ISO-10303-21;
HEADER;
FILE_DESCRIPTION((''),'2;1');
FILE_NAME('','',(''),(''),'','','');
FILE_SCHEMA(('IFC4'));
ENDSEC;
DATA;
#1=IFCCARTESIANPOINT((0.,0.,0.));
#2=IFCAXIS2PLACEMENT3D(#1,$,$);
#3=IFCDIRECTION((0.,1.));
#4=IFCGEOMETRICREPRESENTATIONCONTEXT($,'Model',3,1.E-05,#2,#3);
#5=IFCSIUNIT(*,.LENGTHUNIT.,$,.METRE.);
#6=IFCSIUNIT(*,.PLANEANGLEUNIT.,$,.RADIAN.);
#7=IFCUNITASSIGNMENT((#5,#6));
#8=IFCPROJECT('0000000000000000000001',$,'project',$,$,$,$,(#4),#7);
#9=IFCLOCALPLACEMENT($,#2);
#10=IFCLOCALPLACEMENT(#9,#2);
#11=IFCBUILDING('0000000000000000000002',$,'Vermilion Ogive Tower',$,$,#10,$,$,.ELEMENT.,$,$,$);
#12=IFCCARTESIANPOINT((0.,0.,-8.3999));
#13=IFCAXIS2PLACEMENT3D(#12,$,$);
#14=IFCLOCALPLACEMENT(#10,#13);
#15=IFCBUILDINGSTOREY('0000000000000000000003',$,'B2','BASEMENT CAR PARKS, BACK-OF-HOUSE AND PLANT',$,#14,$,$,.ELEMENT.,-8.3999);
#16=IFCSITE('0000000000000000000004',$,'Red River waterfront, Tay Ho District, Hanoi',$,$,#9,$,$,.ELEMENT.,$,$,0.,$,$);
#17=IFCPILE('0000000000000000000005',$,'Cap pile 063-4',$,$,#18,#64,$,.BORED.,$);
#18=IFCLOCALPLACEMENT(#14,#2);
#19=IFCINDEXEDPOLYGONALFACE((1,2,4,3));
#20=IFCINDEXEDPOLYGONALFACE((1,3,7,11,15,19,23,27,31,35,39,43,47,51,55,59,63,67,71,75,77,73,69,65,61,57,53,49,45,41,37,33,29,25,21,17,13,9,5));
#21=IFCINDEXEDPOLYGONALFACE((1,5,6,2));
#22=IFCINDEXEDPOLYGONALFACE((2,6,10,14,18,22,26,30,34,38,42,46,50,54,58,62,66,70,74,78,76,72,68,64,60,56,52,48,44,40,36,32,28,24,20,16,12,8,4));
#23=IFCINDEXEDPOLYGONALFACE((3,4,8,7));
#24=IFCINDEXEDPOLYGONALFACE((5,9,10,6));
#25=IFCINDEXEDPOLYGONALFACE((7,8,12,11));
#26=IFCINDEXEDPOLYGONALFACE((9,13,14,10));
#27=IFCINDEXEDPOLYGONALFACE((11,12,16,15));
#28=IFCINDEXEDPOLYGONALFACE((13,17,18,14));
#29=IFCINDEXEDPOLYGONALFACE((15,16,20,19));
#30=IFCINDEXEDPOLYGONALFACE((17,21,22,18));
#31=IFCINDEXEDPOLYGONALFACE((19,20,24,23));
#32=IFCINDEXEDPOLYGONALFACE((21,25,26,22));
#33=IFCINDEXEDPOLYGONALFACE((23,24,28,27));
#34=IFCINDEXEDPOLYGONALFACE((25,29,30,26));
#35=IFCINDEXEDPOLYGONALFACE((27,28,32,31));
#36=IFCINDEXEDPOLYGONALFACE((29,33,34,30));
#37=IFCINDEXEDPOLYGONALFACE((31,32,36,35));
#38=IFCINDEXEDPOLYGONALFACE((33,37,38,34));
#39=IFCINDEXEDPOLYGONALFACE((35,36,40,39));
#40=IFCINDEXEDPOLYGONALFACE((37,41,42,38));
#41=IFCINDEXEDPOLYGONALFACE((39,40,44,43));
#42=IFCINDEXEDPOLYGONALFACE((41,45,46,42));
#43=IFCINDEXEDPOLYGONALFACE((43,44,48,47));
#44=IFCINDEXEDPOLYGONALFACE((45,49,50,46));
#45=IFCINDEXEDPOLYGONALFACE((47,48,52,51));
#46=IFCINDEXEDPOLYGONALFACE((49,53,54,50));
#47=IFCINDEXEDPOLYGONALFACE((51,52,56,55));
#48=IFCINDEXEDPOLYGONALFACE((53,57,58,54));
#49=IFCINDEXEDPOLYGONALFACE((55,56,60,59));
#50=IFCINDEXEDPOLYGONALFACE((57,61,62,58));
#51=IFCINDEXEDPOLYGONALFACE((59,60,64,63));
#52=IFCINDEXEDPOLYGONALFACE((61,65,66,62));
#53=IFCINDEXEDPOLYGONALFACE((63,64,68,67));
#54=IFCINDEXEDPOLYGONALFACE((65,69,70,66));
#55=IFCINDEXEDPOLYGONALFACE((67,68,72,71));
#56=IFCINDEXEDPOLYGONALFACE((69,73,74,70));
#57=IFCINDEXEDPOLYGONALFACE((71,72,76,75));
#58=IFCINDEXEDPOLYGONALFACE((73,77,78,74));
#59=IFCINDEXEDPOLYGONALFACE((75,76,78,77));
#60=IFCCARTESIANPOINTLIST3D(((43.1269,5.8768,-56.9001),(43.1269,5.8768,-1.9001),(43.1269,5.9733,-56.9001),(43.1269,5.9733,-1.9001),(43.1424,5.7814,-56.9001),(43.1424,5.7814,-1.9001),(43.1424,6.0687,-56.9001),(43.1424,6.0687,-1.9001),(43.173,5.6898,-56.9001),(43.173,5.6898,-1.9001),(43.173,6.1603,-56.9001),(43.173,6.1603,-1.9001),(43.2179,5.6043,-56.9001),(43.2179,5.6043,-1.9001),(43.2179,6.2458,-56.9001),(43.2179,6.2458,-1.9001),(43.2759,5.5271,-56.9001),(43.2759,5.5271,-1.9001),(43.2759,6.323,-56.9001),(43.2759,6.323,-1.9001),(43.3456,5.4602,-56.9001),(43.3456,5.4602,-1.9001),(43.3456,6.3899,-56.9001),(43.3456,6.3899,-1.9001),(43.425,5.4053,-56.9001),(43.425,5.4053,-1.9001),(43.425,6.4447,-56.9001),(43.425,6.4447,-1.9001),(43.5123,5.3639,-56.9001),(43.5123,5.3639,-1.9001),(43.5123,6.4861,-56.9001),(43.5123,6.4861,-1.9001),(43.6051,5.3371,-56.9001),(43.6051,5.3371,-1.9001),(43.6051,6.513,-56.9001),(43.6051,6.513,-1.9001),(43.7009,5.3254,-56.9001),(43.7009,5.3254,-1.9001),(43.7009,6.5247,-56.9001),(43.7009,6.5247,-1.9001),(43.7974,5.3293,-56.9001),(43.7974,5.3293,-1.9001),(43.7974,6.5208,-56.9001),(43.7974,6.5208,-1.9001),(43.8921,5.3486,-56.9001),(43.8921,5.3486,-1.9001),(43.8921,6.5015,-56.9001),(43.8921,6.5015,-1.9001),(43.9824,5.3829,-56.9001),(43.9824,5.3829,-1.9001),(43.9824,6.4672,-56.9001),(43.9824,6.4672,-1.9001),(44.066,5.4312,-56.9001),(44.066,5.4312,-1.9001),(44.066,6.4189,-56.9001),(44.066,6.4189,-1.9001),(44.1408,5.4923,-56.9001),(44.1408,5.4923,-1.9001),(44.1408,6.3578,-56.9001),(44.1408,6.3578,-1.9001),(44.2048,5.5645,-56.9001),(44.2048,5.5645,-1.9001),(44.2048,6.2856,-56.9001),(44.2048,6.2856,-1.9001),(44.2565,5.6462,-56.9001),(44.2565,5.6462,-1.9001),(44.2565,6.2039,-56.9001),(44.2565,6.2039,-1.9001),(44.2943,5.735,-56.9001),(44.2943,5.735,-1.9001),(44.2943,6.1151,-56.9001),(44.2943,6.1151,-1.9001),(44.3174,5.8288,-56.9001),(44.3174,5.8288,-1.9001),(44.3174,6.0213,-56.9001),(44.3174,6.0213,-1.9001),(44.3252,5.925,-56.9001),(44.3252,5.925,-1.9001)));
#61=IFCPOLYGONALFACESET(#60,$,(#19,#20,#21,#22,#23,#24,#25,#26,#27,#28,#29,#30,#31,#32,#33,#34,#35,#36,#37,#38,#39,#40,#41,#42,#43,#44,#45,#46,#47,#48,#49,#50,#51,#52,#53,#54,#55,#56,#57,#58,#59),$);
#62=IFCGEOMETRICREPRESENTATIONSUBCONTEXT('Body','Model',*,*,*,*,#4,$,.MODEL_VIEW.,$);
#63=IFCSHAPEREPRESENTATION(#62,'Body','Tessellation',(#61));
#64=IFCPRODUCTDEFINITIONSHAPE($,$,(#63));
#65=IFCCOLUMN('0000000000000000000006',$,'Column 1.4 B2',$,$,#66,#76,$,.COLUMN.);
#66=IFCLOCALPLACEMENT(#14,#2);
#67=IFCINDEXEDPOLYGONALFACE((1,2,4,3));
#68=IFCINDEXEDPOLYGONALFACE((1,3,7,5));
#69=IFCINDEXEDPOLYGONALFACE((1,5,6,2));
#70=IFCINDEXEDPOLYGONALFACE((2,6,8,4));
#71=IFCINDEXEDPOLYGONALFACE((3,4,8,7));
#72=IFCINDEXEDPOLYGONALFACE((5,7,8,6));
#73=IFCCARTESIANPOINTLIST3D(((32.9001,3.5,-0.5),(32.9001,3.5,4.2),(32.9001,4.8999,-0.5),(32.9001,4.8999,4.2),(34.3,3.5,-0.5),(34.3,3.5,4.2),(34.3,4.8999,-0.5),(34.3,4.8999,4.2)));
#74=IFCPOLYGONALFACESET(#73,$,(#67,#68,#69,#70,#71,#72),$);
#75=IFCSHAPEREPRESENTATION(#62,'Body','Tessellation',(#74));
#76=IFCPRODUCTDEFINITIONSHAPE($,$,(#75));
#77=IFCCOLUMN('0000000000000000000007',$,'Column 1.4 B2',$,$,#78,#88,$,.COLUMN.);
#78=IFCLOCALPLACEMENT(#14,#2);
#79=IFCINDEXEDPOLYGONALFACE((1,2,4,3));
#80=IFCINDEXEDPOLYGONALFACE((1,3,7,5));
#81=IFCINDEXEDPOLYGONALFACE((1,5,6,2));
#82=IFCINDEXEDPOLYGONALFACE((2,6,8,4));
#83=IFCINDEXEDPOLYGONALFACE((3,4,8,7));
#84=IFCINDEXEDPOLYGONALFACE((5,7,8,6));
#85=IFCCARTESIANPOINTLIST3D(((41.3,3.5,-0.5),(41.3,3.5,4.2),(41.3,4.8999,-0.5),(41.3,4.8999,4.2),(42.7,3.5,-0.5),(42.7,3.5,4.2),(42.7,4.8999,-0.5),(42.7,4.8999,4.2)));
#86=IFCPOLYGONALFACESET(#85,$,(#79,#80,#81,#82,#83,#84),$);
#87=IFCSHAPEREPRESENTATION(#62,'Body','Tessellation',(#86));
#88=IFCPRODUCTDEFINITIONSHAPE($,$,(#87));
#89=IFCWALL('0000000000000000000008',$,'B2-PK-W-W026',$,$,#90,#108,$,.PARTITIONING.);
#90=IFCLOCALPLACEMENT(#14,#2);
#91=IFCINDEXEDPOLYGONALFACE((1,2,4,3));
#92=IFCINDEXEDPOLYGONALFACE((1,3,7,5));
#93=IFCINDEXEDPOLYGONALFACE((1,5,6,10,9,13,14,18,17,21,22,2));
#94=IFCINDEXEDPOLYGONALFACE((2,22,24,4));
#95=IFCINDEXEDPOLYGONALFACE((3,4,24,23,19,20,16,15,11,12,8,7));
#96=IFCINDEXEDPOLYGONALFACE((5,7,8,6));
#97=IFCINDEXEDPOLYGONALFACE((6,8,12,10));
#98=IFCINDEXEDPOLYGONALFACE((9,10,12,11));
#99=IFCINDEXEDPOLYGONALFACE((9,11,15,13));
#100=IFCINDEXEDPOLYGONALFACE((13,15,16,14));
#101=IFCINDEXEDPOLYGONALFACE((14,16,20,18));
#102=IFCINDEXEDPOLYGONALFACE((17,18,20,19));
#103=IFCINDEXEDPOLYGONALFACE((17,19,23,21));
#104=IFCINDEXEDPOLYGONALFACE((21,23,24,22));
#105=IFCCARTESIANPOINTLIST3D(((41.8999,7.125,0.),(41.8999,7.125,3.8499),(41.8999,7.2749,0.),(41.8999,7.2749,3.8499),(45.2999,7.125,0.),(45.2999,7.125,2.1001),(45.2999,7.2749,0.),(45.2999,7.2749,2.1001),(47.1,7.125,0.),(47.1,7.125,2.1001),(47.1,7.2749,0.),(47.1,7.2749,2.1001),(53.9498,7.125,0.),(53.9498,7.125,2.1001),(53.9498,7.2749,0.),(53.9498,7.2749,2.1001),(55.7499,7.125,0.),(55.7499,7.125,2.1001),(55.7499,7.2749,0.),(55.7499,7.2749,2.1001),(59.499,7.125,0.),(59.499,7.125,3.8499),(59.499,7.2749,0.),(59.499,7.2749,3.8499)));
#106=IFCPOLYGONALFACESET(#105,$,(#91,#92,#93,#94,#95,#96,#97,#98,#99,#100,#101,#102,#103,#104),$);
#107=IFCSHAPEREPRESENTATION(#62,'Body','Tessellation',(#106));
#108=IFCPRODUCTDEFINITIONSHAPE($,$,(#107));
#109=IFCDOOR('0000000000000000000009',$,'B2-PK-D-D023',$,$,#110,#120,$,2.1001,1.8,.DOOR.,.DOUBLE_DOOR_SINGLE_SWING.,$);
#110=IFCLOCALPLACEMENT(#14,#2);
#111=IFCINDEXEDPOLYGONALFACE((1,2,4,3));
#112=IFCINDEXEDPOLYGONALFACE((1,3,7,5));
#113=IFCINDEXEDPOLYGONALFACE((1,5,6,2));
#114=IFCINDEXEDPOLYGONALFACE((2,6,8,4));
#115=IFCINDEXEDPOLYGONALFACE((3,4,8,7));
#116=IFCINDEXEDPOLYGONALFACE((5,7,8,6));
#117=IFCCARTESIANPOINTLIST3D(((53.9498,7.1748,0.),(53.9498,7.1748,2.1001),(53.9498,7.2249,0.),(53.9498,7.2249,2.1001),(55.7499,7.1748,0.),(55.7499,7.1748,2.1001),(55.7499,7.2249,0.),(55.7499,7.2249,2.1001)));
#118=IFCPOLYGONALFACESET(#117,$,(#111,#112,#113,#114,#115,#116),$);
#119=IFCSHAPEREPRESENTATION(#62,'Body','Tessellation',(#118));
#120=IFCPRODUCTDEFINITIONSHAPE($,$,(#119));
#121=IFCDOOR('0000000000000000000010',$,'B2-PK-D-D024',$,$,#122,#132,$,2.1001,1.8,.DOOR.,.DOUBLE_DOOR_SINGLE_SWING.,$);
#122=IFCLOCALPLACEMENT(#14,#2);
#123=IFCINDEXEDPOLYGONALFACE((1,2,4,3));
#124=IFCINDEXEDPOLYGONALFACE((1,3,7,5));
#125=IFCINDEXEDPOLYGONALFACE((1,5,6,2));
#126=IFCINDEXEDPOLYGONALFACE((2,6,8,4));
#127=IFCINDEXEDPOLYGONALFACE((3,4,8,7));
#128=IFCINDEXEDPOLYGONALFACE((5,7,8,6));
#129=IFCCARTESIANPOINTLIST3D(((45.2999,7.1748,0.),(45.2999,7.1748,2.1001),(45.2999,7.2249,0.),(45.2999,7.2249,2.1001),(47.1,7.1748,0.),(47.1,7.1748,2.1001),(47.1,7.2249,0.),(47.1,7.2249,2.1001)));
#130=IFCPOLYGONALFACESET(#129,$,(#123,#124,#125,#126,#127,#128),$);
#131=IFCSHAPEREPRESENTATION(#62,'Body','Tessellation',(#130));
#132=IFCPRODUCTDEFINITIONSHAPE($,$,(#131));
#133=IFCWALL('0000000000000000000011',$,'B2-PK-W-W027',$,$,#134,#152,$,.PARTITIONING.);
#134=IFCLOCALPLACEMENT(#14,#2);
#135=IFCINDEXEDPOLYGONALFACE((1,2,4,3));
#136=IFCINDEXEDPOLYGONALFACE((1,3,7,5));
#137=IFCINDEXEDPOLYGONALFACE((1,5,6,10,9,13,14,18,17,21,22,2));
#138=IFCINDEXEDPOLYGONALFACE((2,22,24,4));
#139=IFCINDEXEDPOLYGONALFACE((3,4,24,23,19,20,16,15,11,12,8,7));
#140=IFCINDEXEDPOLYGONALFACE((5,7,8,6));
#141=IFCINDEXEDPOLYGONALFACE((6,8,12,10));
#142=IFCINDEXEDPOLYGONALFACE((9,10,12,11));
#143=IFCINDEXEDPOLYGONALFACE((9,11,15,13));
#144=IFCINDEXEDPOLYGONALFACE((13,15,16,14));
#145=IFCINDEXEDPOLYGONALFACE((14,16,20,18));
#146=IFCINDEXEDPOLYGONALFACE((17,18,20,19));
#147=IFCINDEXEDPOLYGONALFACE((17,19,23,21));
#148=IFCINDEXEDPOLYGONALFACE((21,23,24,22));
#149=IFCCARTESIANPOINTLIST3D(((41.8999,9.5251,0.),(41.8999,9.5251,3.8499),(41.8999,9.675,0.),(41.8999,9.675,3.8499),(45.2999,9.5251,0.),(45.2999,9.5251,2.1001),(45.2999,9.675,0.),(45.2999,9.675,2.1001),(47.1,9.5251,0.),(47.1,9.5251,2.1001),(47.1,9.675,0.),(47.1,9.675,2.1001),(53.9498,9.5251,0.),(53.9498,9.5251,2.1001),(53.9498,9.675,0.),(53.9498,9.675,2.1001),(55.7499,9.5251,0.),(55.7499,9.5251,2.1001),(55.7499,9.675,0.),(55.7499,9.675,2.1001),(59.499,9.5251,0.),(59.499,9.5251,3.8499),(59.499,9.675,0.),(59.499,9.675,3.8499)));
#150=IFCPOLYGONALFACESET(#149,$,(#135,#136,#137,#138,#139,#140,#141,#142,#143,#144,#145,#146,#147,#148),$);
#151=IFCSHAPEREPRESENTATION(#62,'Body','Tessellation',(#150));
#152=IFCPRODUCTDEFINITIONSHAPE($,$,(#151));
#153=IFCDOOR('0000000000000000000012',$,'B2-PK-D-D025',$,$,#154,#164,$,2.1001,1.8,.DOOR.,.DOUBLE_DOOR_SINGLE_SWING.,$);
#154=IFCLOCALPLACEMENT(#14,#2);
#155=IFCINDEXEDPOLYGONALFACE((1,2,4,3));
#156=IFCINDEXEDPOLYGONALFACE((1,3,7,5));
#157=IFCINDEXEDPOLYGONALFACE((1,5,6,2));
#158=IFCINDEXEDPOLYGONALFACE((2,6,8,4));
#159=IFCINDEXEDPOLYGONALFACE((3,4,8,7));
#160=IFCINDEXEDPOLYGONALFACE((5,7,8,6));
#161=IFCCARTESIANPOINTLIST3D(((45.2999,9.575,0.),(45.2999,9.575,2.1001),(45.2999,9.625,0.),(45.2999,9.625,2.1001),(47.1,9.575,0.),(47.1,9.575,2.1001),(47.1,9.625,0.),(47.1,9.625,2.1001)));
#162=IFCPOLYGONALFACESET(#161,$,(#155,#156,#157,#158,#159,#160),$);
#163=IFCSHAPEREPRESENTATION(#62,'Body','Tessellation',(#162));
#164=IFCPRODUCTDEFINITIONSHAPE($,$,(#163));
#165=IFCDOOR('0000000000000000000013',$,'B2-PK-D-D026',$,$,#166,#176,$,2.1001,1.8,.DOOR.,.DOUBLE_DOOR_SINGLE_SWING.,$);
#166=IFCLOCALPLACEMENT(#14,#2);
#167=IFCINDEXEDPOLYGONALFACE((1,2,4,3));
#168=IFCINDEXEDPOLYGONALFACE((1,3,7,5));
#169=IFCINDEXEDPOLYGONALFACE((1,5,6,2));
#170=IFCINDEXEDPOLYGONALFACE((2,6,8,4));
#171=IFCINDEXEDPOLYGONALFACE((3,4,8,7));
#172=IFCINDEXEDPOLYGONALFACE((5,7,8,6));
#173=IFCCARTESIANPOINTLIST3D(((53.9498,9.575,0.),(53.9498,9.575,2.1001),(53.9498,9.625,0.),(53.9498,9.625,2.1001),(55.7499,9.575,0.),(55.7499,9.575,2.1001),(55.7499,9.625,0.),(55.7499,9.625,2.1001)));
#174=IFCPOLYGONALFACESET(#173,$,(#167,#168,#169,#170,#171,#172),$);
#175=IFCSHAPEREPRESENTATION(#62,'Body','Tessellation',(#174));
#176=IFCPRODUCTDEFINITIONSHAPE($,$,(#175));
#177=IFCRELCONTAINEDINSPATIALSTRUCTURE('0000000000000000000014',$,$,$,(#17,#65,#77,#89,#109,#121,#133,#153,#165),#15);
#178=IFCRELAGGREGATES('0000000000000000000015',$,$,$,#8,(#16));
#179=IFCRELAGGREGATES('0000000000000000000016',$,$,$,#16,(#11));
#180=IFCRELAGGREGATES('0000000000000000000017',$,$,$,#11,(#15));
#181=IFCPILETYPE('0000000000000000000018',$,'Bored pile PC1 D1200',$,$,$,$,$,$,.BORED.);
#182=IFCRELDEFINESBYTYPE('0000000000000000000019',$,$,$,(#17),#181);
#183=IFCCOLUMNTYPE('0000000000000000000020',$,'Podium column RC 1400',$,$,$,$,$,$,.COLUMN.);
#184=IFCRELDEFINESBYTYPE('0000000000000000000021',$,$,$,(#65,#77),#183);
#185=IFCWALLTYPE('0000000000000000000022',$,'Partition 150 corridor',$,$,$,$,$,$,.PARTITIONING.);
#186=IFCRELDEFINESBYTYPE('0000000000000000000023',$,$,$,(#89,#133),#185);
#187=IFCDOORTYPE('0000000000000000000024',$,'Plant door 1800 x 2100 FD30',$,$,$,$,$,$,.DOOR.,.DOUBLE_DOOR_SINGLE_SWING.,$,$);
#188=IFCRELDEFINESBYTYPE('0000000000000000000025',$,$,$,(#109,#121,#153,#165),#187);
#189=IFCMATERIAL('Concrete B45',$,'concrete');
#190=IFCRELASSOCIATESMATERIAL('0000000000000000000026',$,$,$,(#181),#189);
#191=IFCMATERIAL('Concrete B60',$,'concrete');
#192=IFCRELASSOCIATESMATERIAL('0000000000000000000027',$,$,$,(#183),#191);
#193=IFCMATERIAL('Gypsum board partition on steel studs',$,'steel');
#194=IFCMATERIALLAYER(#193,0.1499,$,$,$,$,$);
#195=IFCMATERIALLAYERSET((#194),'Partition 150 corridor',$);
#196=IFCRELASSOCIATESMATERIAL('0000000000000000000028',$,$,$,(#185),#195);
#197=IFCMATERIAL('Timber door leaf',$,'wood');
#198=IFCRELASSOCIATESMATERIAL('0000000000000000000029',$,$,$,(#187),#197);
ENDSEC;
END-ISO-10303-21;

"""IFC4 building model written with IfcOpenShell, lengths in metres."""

from ifc_helpers import new_model, si_unit, direction, frame, frame_2d, origin, origin_2d, place, context, subcontext, project, spatial, rectangle, circle, extrude, material, layer, layer_set, material_profile, profile_set, type_object, element, fill, save


model = new_model("IFC4")

# Units and contexts
model_context = context("Model", 3, precision=1e-05, world=origin(), true_north=direction((0.0, 1.0)))
body_context = subcontext(model_context, "Body", "Model", "MODEL_VIEW")
ifc_project = project(units=[si_unit("LENGTHUNIT", "METRE"), si_unit("PLANEANGLEUNIT", "RADIAN")], contexts=[model_context])

# Site, building, storey
site_placement = place(None, origin())
site = spatial("IfcSite", under=ifc_project, at=site_placement, Name="Red River waterfront, Tay Ho District, Hanoi", CompositionType="ELEMENT", RefElevation=0.0)
building_placement = place(site_placement, origin())
building = spatial("IfcBuilding", under=site, at=building_placement, Name="Vermilion Ogive Tower", CompositionType="ELEMENT")
storey_placement = place(building_placement, frame((0.0, 0.0, -8.3999)))
storey = spatial("IfcBuildingStorey", under=building, at=storey_placement, Name="B2", Description="BASEMENT CAR PARKS, BACK-OF-HOUSE AND PLANT", CompositionType="ELEMENT", Elevation=-8.3999)

# Pile
ifc_material_1 = material(Name="Concrete B45", Category="concrete")
pile_type = type_object("IfcPileType", Name="Bored pile PC1 D1200", PredefinedType="BORED", material=ifc_material_1)
for number, where, z_axis, x_axis, name in (
    (1, (43.7251, 5.925, -1.9001), (0.0, 0.0, -1.0), (1.0, 0.0, 0.0), "Cap pile 063-4"),
):
    element("IfcPile", number, at=place(storey_placement, frame(where, z_axis=z_axis, x_axis=x_axis)), inside=storey, type_object=pile_type, Name=name, PredefinedType="BORED", context=body_context, shape_type="SweptSolid", body=[
        extrude(circle(Radius=0.6001, at=origin_2d()), origin(), (0.0, 0.0, 1.0), 55.0),
    ])

# Columns
ifc_material_2 = material(Name="Concrete B60", Category="concrete")
ifc_material_profile = material_profile(ifc_material_2, rectangle(XDim=1.3999, YDim=1.3999, at=origin_2d()), Name="RC 1400x1400")
ifc_profile_set = profile_set([ifc_material_profile], Name="Concrete B60")
column_type = type_object("IfcColumnType", Name="Podium column RC 1400", PredefinedType="COLUMN", material=ifc_profile_set)
for number, where, z_axis, x_axis, name in (
    (2, (33.6001, 4.2, -0.5), (0.0, 0.0, 1.0), (1.0, 0.0, 0.0), "Column 1.4 B2"),
    (3, (42.0, 4.2, -0.5), (0.0, 0.0, 1.0), (1.0, 0.0, 0.0), "Column 1.4 B2"),
):
    element("IfcColumn", number, at=place(storey_placement, frame(where, z_axis=z_axis, x_axis=x_axis)), inside=storey, type_object=column_type, Name=name, PredefinedType="COLUMN", context=body_context, shape_type="SweptSolid", body=[
        extrude(rectangle(XDim=1.3999, YDim=1.3999, at=origin_2d()), origin(), (0.0, 0.0, 1.0), 4.7),
    ])

# Walls, openings, doors
ifc_material_3 = material(Name="Gypsum board partition on steel studs", Category="steel")
ifc_layer_1 = layer(ifc_material_3, 0.1499)
ifc_layer_set_1 = layer_set([ifc_layer_1], Name="Partition 150 corridor")
wall_type_1 = type_object("IfcWallType", Name="Partition 150 corridor", PredefinedType="PARTITIONING", material=ifc_layer_set_1)
wall_1_placement = place(storey_placement, frame((41.8999, 7.2, 0.0), z_axis=(0.0, 0.0, 1.0), x_axis=(1.0, 0.0, 0.0)))
wall_1 = element("IfcWall", 4, at=wall_1_placement, inside=storey, type_object=wall_type_1, Name="B2-PK-W-W026", PredefinedType="PARTITIONING", context=body_context, shape_type="SweptSolid", body=[
    extrude(rectangle(XDim=17.5991, YDim=0.1499, at=frame_2d((8.7996, 0.0))), origin(), (0.0, 0.0, 1.0), 3.8499),
])
opening_1_placement = place(wall_1_placement, frame((12.05, 0.0, 0.0)))
opening_1 = element("IfcOpeningElement", 5, at=opening_1_placement, cuts=wall_1, PredefinedType="OPENING", context=body_context, shape_type="SweptSolid", body=[
    extrude(rectangle(XDim=1.8, YDim=2.1001, at=frame_2d((0.8999, 1.05))), frame((0.0, 0.085, 0.0), z_axis=(0.0, -1.0, 0.0), x_axis=(1.0, 0.0, 0.0)), (0.0, 0.0, 1.0), 0.1699),
])
opening_2_placement = place(wall_1_placement, frame((3.4001, 0.0, 0.0)))
opening_2 = element("IfcOpeningElement", 6, at=opening_2_placement, cuts=wall_1, PredefinedType="OPENING", context=body_context, shape_type="SweptSolid", body=[
    extrude(rectangle(XDim=1.8, YDim=2.1001, at=frame_2d((0.8999, 1.05))), frame((0.0, 0.085, 0.0), z_axis=(0.0, -1.0, 0.0), x_axis=(1.0, 0.0, 0.0)), (0.0, 0.0, 1.0), 0.1699),
])
ifc_material_4 = material(Name="Timber door leaf", Category="wood")
door_type_1 = type_object("IfcDoorType", Name="Plant door 1800 x 2100 FD30", OperationType="DOUBLE_DOOR_SINGLE_SWING", PredefinedType="DOOR", material=ifc_material_4)
door_1_placement = place(opening_1_placement, origin())
door_1 = element("IfcDoor", 7, at=door_1_placement, inside=storey, type_object=door_type_1, Name="B2-PK-D-D023", OperationType="DOUBLE_DOOR_SINGLE_SWING", OverallHeight=2.1001, OverallWidth=1.8, PredefinedType="DOOR", context=body_context, shape_type="SweptSolid", body=[
    extrude(rectangle(XDim=1.8, YDim=2.1001, at=frame_2d((0.8999, 1.05))), frame((0.0, 0.0249, 0.0), z_axis=(0.0, -1.0, 0.0), x_axis=(1.0, 0.0, 0.0)), (0.0, 0.0, 1.0), 0.05),
])
fill(opening_1, door_1)
door_2_placement = place(opening_2_placement, origin())
door_2 = element("IfcDoor", 8, at=door_2_placement, inside=storey, type_object=door_type_1, Name="B2-PK-D-D024", OperationType="DOUBLE_DOOR_SINGLE_SWING", OverallHeight=2.1001, OverallWidth=1.8, PredefinedType="DOOR", context=body_context, shape_type="SweptSolid", body=[
    extrude(rectangle(XDim=1.8, YDim=2.1001, at=frame_2d((0.8999, 1.05))), frame((0.0, 0.0249, 0.0), z_axis=(0.0, -1.0, 0.0), x_axis=(1.0, 0.0, 0.0)), (0.0, 0.0, 1.0), 0.05),
])
fill(opening_2, door_2)
wall_2_placement = place(storey_placement, frame((41.8999, 9.6001, 0.0), z_axis=(0.0, 0.0, 1.0), x_axis=(1.0, 0.0, 0.0)))
wall_2 = element("IfcWall", 9, at=wall_2_placement, inside=storey, type_object=wall_type_1, Name="B2-PK-W-W027", PredefinedType="PARTITIONING", context=body_context, shape_type="SweptSolid", body=[
    extrude(rectangle(XDim=17.5991, YDim=0.1499, at=frame_2d((8.7996, 0.0))), origin(), (0.0, 0.0, 1.0), 3.8499),
])
opening_3_placement = place(wall_2_placement, frame((3.4001, 0.0, 0.0)))
opening_3 = element("IfcOpeningElement", 10, at=opening_3_placement, cuts=wall_2, PredefinedType="OPENING", context=body_context, shape_type="SweptSolid", body=[
    extrude(rectangle(XDim=1.8, YDim=2.1001, at=frame_2d((0.8999, 1.05))), frame((0.0, 0.085, 0.0), z_axis=(0.0, -1.0, 0.0), x_axis=(1.0, 0.0, 0.0)), (0.0, 0.0, 1.0), 0.1699),
])
opening_4_placement = place(wall_2_placement, frame((12.05, 0.0, 0.0)))
opening_4 = element("IfcOpeningElement", 11, at=opening_4_placement, cuts=wall_2, PredefinedType="OPENING", context=body_context, shape_type="SweptSolid", body=[
    extrude(rectangle(XDim=1.8, YDim=2.1001, at=frame_2d((0.8999, 1.05))), frame((0.0, 0.085, 0.0), z_axis=(0.0, -1.0, 0.0), x_axis=(1.0, 0.0, 0.0)), (0.0, 0.0, 1.0), 0.1699),
])
door_3_placement = place(opening_3_placement, origin())
door_3 = element("IfcDoor", 12, at=door_3_placement, inside=storey, type_object=door_type_1, Name="B2-PK-D-D025", OperationType="DOUBLE_DOOR_SINGLE_SWING", OverallHeight=2.1001, OverallWidth=1.8, PredefinedType="DOOR", context=body_context, shape_type="SweptSolid", body=[
    extrude(rectangle(XDim=1.8, YDim=2.1001, at=frame_2d((0.8999, 1.05))), frame((0.0, 0.0249, 0.0), z_axis=(0.0, -1.0, 0.0), x_axis=(1.0, 0.0, 0.0)), (0.0, 0.0, 1.0), 0.05),
])
fill(opening_3, door_3)
door_4_placement = place(opening_4_placement, origin())
door_4 = element("IfcDoor", 13, at=door_4_placement, inside=storey, type_object=door_type_1, Name="B2-PK-D-D026", OperationType="DOUBLE_DOOR_SINGLE_SWING", OverallHeight=2.1001, OverallWidth=1.8, PredefinedType="DOOR", context=body_context, shape_type="SweptSolid", body=[
    extrude(rectangle(XDim=1.8, YDim=2.1001, at=frame_2d((0.8999, 1.05))), frame((0.0, 0.0249, 0.0), z_axis=(0.0, -1.0, 0.0), x_axis=(1.0, 0.0, 0.0)), (0.0, 0.0, 1.0), 0.05),
])
fill(opening_4, door_4)

save(model, "model.ifc")
